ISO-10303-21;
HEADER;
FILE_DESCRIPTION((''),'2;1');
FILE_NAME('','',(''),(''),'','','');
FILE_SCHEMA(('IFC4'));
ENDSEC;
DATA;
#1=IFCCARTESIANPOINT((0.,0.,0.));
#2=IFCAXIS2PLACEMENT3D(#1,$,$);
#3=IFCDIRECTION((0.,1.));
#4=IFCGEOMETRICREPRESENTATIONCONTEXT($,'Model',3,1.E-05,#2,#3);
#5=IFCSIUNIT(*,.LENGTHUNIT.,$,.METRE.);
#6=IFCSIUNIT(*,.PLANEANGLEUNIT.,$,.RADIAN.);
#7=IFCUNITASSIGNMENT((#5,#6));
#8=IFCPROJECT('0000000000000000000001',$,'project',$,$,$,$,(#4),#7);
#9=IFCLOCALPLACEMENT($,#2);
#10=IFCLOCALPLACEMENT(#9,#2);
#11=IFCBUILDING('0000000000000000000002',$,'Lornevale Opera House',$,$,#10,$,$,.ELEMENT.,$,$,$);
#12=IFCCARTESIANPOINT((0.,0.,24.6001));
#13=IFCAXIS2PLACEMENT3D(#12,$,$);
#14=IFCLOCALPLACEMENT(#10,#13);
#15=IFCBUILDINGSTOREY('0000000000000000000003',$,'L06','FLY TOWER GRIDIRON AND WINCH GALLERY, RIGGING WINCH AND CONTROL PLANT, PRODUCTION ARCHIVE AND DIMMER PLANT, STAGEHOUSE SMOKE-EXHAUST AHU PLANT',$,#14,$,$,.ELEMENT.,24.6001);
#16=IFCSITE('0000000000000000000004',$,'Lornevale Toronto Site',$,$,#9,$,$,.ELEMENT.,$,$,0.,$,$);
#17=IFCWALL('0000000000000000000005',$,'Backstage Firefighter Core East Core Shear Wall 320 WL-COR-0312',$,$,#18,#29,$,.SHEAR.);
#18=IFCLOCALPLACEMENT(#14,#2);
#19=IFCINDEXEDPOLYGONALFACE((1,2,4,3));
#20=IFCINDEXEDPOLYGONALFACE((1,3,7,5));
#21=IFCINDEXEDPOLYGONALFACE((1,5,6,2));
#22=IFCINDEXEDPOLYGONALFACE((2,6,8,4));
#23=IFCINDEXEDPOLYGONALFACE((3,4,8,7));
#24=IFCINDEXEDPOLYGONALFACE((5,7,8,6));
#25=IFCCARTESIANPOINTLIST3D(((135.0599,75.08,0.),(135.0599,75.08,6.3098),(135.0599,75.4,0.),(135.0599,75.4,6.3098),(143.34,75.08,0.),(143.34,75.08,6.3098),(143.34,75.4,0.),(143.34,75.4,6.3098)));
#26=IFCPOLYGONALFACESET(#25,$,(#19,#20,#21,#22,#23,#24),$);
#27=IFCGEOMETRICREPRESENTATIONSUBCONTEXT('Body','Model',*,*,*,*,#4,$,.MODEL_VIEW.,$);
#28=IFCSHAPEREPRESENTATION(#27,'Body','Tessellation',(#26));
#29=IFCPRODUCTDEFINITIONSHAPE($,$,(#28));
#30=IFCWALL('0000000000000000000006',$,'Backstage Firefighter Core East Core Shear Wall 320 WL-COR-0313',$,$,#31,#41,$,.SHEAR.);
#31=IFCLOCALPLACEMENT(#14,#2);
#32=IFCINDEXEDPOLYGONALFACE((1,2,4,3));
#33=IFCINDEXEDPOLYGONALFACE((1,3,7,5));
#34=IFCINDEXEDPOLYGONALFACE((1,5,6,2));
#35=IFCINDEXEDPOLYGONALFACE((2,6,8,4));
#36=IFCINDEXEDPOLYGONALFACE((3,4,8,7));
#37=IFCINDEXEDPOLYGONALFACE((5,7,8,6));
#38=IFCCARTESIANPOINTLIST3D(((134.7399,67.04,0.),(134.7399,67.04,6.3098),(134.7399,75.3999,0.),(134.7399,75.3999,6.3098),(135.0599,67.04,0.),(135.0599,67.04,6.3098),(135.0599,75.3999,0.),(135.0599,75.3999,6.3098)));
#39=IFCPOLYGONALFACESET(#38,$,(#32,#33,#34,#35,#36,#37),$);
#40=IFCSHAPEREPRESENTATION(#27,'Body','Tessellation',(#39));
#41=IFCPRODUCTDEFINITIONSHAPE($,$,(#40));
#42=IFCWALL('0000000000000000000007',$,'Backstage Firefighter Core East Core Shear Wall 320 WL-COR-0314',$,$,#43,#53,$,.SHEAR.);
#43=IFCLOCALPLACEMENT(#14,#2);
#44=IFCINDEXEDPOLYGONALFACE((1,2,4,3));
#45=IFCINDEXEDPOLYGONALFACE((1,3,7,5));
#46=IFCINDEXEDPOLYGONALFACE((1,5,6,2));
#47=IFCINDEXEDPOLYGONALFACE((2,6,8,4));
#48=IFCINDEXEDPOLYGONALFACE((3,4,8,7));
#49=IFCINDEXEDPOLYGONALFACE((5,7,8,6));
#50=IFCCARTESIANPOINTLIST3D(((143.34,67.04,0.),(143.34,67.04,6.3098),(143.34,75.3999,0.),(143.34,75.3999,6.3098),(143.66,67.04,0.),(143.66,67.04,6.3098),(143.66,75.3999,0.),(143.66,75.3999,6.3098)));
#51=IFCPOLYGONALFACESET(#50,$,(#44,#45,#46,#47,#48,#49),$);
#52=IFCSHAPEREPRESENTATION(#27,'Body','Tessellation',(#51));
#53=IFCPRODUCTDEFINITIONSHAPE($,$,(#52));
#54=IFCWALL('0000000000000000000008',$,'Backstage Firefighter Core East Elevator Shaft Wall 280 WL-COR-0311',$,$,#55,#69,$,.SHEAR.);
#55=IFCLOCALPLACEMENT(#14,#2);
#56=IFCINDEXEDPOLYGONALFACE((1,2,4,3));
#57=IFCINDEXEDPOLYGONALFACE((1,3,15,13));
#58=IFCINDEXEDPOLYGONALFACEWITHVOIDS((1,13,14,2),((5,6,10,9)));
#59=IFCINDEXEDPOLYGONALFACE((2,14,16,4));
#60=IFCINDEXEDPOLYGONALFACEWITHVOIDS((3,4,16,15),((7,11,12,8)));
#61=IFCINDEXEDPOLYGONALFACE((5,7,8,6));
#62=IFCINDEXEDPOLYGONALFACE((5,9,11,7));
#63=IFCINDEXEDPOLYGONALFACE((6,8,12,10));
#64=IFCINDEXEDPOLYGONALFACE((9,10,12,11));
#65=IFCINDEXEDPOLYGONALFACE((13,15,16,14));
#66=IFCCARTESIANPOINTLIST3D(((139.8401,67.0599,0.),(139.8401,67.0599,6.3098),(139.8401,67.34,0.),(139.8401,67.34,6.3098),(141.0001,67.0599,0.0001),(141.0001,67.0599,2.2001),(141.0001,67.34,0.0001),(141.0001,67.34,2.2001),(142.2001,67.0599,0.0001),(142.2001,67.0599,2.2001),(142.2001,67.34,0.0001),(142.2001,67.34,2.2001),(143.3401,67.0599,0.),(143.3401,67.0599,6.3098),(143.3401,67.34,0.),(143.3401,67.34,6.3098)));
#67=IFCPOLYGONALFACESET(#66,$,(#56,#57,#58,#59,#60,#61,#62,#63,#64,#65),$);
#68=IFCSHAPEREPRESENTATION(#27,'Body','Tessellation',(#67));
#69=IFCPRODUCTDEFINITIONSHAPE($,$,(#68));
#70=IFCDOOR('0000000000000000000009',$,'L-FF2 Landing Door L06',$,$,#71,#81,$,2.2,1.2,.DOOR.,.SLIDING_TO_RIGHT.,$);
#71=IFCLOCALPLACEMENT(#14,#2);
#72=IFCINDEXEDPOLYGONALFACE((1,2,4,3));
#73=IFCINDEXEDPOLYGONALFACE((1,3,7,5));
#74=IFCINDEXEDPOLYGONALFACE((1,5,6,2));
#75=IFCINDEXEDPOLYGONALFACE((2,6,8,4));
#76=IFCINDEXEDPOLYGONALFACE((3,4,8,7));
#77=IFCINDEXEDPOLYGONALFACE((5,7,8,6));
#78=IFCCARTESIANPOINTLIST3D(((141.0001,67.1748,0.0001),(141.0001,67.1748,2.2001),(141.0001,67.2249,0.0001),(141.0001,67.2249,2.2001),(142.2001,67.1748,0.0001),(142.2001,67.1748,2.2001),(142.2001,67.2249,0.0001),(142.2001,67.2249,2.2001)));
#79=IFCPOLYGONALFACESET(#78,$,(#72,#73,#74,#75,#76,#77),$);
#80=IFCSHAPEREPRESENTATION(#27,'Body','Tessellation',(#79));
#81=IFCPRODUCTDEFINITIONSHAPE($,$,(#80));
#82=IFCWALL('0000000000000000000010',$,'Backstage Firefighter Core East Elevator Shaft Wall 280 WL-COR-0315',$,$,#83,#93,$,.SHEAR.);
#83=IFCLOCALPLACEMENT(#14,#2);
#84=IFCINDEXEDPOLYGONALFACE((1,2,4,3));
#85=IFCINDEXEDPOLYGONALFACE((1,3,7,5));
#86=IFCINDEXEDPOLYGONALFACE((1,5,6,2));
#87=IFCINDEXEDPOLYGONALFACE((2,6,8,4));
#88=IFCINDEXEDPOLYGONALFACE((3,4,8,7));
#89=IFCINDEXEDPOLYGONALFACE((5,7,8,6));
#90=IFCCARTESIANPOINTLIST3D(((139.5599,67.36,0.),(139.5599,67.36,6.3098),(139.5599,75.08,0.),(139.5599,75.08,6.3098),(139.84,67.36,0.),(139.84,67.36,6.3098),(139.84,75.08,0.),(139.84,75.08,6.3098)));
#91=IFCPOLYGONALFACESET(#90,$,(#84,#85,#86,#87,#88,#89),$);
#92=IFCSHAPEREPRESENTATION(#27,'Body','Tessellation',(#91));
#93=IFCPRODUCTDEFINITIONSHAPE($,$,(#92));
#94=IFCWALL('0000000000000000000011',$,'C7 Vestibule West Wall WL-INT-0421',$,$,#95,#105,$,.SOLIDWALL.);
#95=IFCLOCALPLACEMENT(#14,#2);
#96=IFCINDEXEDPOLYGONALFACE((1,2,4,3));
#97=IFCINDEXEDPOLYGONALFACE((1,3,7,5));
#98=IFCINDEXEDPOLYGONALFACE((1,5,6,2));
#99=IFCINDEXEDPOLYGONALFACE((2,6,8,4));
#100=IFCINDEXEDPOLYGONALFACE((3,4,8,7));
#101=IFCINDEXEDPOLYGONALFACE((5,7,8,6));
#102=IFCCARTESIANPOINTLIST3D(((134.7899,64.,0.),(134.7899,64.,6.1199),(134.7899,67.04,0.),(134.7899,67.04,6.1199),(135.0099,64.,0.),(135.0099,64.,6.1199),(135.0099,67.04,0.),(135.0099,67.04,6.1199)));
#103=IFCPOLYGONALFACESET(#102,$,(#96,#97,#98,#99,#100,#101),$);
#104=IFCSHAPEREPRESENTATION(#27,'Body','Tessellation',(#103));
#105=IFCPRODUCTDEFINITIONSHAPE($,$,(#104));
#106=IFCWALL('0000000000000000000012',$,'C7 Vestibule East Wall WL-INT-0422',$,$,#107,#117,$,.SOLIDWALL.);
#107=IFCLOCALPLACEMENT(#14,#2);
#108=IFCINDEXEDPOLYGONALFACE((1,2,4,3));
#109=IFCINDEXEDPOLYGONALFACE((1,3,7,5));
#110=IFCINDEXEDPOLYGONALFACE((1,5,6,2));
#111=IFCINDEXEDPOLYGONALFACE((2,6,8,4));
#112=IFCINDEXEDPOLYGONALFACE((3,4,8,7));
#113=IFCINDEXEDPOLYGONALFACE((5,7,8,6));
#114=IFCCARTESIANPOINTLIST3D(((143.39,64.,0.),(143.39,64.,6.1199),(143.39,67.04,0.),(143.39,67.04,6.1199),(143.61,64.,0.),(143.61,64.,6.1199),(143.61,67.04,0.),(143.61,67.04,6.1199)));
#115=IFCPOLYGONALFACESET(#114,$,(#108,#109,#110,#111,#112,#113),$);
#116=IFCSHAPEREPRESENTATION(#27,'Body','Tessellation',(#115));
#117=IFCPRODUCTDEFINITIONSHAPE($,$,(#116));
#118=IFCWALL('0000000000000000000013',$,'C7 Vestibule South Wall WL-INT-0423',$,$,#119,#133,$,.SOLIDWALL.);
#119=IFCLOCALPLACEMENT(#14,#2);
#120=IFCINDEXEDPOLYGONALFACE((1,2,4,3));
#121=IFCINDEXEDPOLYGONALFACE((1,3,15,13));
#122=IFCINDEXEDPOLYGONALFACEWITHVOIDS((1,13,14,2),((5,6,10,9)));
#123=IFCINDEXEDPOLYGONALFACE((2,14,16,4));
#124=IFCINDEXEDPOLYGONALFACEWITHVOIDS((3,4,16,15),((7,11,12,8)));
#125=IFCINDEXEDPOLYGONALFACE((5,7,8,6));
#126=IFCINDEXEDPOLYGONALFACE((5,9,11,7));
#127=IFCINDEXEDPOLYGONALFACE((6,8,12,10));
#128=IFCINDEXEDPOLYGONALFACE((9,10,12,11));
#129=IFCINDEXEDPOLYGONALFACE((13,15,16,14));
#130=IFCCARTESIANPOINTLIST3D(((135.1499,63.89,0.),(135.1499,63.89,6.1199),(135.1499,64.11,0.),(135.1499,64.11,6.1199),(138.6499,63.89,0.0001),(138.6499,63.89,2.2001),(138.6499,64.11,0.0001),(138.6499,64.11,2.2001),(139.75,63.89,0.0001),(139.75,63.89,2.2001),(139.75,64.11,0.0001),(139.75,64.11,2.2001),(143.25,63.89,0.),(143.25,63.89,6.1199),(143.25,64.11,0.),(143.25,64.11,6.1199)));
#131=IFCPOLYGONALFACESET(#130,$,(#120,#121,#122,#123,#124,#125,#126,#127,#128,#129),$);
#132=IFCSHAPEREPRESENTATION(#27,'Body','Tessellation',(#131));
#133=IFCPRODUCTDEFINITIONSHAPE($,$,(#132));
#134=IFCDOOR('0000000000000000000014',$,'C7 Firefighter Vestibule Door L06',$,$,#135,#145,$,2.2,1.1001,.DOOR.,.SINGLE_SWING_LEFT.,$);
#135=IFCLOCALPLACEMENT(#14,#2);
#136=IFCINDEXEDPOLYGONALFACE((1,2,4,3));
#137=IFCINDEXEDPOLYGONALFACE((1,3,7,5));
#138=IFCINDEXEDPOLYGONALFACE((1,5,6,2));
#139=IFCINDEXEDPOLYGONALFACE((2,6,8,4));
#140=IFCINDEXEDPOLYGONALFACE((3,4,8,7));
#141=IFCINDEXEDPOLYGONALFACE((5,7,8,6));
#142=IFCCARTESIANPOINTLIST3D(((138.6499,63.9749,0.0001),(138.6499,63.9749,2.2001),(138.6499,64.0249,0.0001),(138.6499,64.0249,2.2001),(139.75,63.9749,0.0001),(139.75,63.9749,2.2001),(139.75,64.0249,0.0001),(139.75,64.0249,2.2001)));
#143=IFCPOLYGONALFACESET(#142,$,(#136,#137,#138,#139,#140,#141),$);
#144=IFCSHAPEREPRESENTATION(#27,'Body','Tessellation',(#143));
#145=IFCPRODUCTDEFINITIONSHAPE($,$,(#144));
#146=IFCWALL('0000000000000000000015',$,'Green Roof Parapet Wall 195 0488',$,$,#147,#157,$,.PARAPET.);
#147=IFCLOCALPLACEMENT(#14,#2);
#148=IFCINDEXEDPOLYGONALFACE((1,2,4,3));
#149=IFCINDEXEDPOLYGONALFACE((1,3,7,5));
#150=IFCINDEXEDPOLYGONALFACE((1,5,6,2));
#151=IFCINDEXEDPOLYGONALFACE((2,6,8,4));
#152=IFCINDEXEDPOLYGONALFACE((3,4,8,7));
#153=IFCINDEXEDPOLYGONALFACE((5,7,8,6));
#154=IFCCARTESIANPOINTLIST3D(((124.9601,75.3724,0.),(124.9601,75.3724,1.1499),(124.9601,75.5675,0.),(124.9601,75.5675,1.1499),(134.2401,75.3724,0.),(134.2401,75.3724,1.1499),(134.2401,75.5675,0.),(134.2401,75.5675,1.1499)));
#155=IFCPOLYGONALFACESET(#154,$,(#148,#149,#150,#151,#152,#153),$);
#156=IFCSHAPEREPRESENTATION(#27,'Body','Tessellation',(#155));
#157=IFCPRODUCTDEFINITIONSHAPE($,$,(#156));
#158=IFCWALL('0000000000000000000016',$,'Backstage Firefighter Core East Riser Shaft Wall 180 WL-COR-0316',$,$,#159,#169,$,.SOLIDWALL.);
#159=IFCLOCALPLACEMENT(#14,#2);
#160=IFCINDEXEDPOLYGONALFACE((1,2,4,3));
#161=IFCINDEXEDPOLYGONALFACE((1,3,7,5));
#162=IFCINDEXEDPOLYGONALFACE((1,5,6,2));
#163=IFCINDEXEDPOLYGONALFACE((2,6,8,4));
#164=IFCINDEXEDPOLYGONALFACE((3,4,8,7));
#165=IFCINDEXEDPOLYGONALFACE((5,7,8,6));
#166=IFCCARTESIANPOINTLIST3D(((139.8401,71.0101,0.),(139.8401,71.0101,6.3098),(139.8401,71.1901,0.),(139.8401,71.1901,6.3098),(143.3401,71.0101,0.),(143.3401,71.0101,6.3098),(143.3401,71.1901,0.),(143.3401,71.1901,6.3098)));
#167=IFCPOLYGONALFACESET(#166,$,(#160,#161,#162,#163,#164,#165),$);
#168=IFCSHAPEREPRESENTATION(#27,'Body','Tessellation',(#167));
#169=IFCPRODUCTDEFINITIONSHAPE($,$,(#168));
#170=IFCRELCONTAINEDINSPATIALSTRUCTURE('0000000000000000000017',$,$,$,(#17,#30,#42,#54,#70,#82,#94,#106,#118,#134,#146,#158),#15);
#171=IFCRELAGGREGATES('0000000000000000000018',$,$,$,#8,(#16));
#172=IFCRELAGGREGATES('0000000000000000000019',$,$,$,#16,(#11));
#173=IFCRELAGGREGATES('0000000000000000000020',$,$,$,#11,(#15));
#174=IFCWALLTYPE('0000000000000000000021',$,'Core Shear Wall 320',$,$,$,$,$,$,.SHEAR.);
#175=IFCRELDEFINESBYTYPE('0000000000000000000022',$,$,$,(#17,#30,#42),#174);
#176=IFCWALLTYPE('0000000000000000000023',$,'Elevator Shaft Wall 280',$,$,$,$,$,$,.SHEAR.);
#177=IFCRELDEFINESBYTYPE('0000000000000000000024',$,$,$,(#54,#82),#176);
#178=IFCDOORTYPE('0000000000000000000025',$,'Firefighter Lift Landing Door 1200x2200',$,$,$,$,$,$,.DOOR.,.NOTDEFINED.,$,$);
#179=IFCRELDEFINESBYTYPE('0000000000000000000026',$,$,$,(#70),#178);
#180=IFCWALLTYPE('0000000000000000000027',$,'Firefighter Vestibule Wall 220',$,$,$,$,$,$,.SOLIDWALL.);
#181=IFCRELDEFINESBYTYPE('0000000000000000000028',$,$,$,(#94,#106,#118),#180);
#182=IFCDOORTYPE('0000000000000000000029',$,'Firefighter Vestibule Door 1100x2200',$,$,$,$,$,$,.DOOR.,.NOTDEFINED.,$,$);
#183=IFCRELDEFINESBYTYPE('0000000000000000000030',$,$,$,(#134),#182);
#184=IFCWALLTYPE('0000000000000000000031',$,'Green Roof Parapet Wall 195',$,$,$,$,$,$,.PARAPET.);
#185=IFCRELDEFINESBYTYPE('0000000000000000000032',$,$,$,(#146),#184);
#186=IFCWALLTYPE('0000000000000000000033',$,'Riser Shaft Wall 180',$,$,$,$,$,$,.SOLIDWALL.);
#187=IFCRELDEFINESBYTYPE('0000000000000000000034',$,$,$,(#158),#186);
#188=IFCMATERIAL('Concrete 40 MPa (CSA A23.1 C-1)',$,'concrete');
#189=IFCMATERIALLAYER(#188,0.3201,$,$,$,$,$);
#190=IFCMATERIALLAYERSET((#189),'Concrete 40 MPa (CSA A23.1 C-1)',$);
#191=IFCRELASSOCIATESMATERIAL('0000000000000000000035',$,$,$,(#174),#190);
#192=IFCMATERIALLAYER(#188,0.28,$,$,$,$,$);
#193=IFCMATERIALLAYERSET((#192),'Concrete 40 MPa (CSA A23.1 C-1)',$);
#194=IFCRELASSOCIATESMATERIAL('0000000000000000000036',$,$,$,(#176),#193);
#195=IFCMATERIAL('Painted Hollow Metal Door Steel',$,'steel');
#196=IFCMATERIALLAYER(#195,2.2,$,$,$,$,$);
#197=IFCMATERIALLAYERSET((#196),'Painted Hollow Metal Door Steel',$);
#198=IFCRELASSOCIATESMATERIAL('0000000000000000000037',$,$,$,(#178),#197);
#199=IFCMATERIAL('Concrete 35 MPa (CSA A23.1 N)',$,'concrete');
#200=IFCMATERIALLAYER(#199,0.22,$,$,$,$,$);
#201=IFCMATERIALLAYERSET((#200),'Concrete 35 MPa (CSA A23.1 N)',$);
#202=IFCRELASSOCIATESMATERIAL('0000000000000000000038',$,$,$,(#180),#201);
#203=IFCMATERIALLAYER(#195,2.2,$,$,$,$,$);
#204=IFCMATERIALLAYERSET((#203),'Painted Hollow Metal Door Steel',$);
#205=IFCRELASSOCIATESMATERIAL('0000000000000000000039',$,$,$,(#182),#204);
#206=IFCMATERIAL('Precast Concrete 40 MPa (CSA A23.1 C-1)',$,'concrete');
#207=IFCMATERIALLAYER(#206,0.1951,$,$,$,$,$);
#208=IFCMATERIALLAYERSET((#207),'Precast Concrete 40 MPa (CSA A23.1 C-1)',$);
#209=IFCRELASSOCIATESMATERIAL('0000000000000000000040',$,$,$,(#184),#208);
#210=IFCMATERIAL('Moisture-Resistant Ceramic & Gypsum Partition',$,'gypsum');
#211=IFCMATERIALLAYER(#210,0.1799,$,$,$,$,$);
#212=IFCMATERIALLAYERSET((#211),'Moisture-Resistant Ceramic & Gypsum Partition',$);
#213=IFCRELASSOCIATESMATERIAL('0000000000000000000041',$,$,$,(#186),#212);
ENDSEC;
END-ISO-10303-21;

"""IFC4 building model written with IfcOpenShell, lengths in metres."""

from ifc_helpers import new_model, si_unit, direction, frame, frame_2d, origin, place, context, subcontext, project, spatial, rectangle, extrude, material, layer, layer_set, type_object, element, fill, save


model = new_model("IFC4")

# Units and contexts
model_context = context("Model", 3, precision=1e-05, world=origin(), true_north=direction((0.0, 1.0)))
body_context = subcontext(model_context, "Body", "Model", "MODEL_VIEW")
ifc_project = project(units=[si_unit("LENGTHUNIT", "METRE"), si_unit("PLANEANGLEUNIT", "RADIAN")], contexts=[model_context])

# Site, building, storey
site_placement = place(None, origin())
site = spatial("IfcSite", under=ifc_project, at=site_placement, Name="Lornevale Toronto Site", CompositionType="ELEMENT", RefElevation=0.0)
building_placement = place(site_placement, origin())
building = spatial("IfcBuilding", under=site, at=building_placement, Name="Lornevale Opera House", CompositionType="ELEMENT")
storey_placement = place(building_placement, frame((0.0, 0.0, 24.6001)))
storey = spatial("IfcBuildingStorey", under=building, at=storey_placement, Name="L06", Description="FLY TOWER GRIDIRON AND WINCH GALLERY, RIGGING WINCH AND CONTROL PLANT, PRODUCTION ARCHIVE AND DIMMER PLANT, STAGEHOUSE SMOKE-EXHAUST AHU PLANT", CompositionType="ELEMENT", Elevation=24.6001)

# Shared definitions
ifc_material_1 = material(Name="Concrete 35 MPa (CSA A23.1 N)", Category="concrete")

# Shared definitions
ifc_material_2 = material(Name="Concrete 40 MPa (CSA A23.1 C-1)", Category="concrete")
ifc_layer_1 = layer(ifc_material_2, 0.3201)
ifc_layer_set_1 = layer_set([ifc_layer_1], Name="Concrete 40 MPa (CSA A23.1 C-1)")
wall_type_1 = type_object("IfcWallType", Name="Core Shear Wall 320", PredefinedType="SHEAR", material=ifc_layer_set_1)
ifc_material_3 = material(Name="Painted Hollow Metal Door Steel", Category="steel")

# Walls
wall_1_placement = place(storey_placement, frame((143.3401, 75.24, 0.0), z_axis=(0.0, 0.0, 1.0), x_axis=(-1.0, 0.0, 0.0)))
element("IfcWall", 1, at=wall_1_placement, inside=storey, type_object=wall_type_1, Name="Backstage Firefighter Core East Core Shear Wall 320 WL-COR-0312", PredefinedType="SHEAR", context=body_context, shape_type="SweptSolid", body=[
    extrude(rectangle(XDim=8.28, YDim=0.3201, at=frame_2d((4.1401, 0.0))), origin(), (0.0, 0.0, 1.0), 6.3098),
])
for number, where, z_axis, x_axis, name in (
    (2, (134.8999, 75.3999, 0.0), (0.0, 0.0, 1.0), (0.0, -1.0, 0.0), "Backstage Firefighter Core East Core Shear Wall 320 WL-COR-0313"),
    (3, (143.5, 67.04, 0.0), (0.0, 0.0, 1.0), (0.0, 1.0, 0.0), "Backstage Firefighter Core East Core Shear Wall 320 WL-COR-0314"),
):
    element("IfcWall", number, at=place(storey_placement, frame(where, z_axis=z_axis, x_axis=x_axis)), inside=storey, type_object=wall_type_1, Name=name, PredefinedType="SHEAR", context=body_context, shape_type="SweptSolid", body=[
        extrude(rectangle(XDim=8.3599, YDim=0.3201, at=frame_2d((4.1799, 0.0))), origin(), (0.0, 0.0, 1.0), 6.3098),
    ])

# Wall, opening, door
ifc_layer_2 = layer(ifc_material_2, 0.28)
ifc_layer_set_2 = layer_set([ifc_layer_2], Name="Concrete 40 MPa (CSA A23.1 C-1)")
wall_type_2 = type_object("IfcWallType", Name="Elevator Shaft Wall 280", PredefinedType="SHEAR", material=ifc_layer_set_2)
wall_2_placement = place(storey_placement, frame((139.8401, 67.2, 0.0), z_axis=(0.0, 0.0, 1.0), x_axis=(1.0, 0.0, 0.0)))
wall_2 = element("IfcWall", 4, at=wall_2_placement, inside=storey, type_object=wall_type_2, Name="Backstage Firefighter Core East Elevator Shaft Wall 280 WL-COR-0311", PredefinedType="SHEAR", context=body_context, shape_type="SweptSolid", body=[
    extrude(rectangle(XDim=3.5, YDim=0.28, at=frame_2d((1.75, 0.0))), origin(), (0.0, 0.0, 1.0), 6.3098),
])
opening_1_placement = place(wall_2_placement, frame((1.1599, 0.0, 0.0)))
opening_1 = element("IfcOpeningElement", 5, at=opening_1_placement, cuts=wall_2, PredefinedType="OPENING", context=body_context, shape_type="SweptSolid", body=[
    extrude(rectangle(XDim=1.2, YDim=2.2, at=frame_2d((0.6001, 1.1001))), frame((0.0, 0.1499, 0.0), z_axis=(0.0, -1.0, 0.0), x_axis=(1.0, 0.0, 0.0)), (0.0, 0.0, 1.0), 0.3),
])
ifc_layer_3 = layer(ifc_material_3, 2.2)
ifc_layer_set_3 = layer_set([ifc_layer_3], Name="Painted Hollow Metal Door Steel")
door_type_1 = type_object("IfcDoorType", Name="Firefighter Lift Landing Door 1200x2200", OperationType="NOTDEFINED", PredefinedType="DOOR", material=ifc_layer_set_3)
door_1_placement = place(opening_1_placement, origin())
door_1 = element("IfcDoor", 6, at=door_1_placement, inside=storey, type_object=door_type_1, Name="L-FF2 Landing Door L06", OperationType="SLIDING_TO_RIGHT", OverallHeight=2.2, OverallWidth=1.2, PredefinedType="DOOR", context=body_context, shape_type="SweptSolid", body=[
    extrude(rectangle(XDim=1.2, YDim=2.2, at=frame_2d((0.6001, 1.1001))), frame((0.0, 0.0249, 0.0), z_axis=(0.0, -1.0, 0.0), x_axis=(1.0, 0.0, 0.0)), (0.0, 0.0, 1.0), 0.05),
])
fill(opening_1, door_1)

# Walls
wall_3_placement = place(storey_placement, frame((139.7, 67.3601, 0.0), z_axis=(0.0, 0.0, 1.0), x_axis=(0.0, 1.0, 0.0)))
element("IfcWall", 7, at=wall_3_placement, inside=storey, type_object=wall_type_2, Name="Backstage Firefighter Core East Elevator Shaft Wall 280 WL-COR-0315", PredefinedType="SHEAR", context=body_context, shape_type="SweptSolid", body=[
    extrude(rectangle(XDim=7.72, YDim=0.28, at=frame_2d((3.8599, 0.0))), origin(), (0.0, 0.0, 1.0), 6.3098),
])
ifc_layer_4 = layer(ifc_material_1, 0.22)
ifc_layer_set_4 = layer_set([ifc_layer_4], Name="Concrete 35 MPa (CSA A23.1 N)")
wall_type_3 = type_object("IfcWallType", Name="Firefighter Vestibule Wall 220", PredefinedType="SOLIDWALL", material=ifc_layer_set_4)
for number, where, z_axis, x_axis, name in (
    (8, (134.8999, 64.0, 0.0), (0.0, 0.0, 1.0), (0.0, 1.0, 0.0), "C7 Vestibule West Wall WL-INT-0421"),
    (9, (143.5, 64.0, 0.0), (0.0, 0.0, 1.0), (0.0, 1.0, 0.0), "C7 Vestibule East Wall WL-INT-0422"),
):
    element("IfcWall", number, at=place(storey_placement, frame(where, z_axis=z_axis, x_axis=x_axis)), inside=storey, type_object=wall_type_3, Name=name, PredefinedType="SOLIDWALL", context=body_context, shape_type="SweptSolid", body=[
        extrude(rectangle(XDim=3.04, YDim=0.22, at=frame_2d((1.52, 0.0))), origin(), (0.0, 0.0, 1.0), 6.1199),
    ])

# Wall, opening, door
wall_4_placement = place(storey_placement, frame((135.1499, 64.0, 0.0), z_axis=(0.0, 0.0, 1.0), x_axis=(1.0, 0.0, 0.0)))
wall_4 = element("IfcWall", 10, at=wall_4_placement, inside=storey, type_object=wall_type_3, Name="C7 Vestibule South Wall WL-INT-0423", PredefinedType="SOLIDWALL", context=body_context, shape_type="SweptSolid", body=[
    extrude(rectangle(XDim=8.1001, YDim=0.22, at=frame_2d((4.05, 0.0))), origin(), (0.0, 0.0, 1.0), 6.1199),
])
opening_2_placement = place(wall_4_placement, frame((3.5, 0.0, 0.0)))
opening_2 = element("IfcOpeningElement", 11, at=opening_2_placement, cuts=wall_4, PredefinedType="OPENING", context=body_context, shape_type="SweptSolid", body=[
    extrude(rectangle(XDim=1.1001, YDim=2.2, at=frame_2d((0.55, 1.1001))), frame((0.0, 0.1199, 0.0), z_axis=(0.0, -1.0, 0.0), x_axis=(1.0, 0.0, 0.0)), (0.0, 0.0, 1.0), 0.24),
])
ifc_layer_5 = layer(ifc_material_3, 2.2)
ifc_layer_set_5 = layer_set([ifc_layer_5], Name="Painted Hollow Metal Door Steel")
door_type_2 = type_object("IfcDoorType", Name="Firefighter Vestibule Door 1100x2200", OperationType="NOTDEFINED", PredefinedType="DOOR", material=ifc_layer_set_5)
door_2_placement = place(opening_2_placement, origin())
door_2 = element("IfcDoor", 12, at=door_2_placement, inside=storey, type_object=door_type_2, Name="C7 Firefighter Vestibule Door L06", OperationType="SINGLE_SWING_LEFT", OverallHeight=2.2, OverallWidth=1.1001, PredefinedType="DOOR", context=body_context, shape_type="SweptSolid", body=[
    extrude(rectangle(XDim=1.1001, YDim=2.2, at=frame_2d((0.55, 1.1001))), frame((0.0, 0.0249, 0.0), z_axis=(0.0, -1.0, 0.0), x_axis=(1.0, 0.0, 0.0)), (0.0, 0.0, 1.0), 0.05),
])
fill(opening_2, door_2)

# Walls
ifc_material_4 = material(Name="Precast Concrete 40 MPa (CSA A23.1 C-1)", Category="concrete")
ifc_layer_6 = layer(ifc_material_4, 0.1951)
ifc_layer_set_6 = layer_set([ifc_layer_6], Name="Precast Concrete 40 MPa (CSA A23.1 C-1)")
wall_type_4 = type_object("IfcWallType", Name="Green Roof Parapet Wall 195", PredefinedType="PARAPET", material=ifc_layer_set_6)
wall_5_placement = place(storey_placement, frame((124.96, 75.47, 0.0), z_axis=(0.0, 0.0, 1.0), x_axis=(1.0, 0.0, 0.0)))
element("IfcWall", 13, at=wall_5_placement, inside=storey, type_object=wall_type_4, Name="Green Roof Parapet Wall 195 0488", PredefinedType="PARAPET", context=body_context, shape_type="SweptSolid", body=[
    extrude(rectangle(XDim=9.28, YDim=0.1951, at=frame_2d((4.6401, 0.0))), origin(), (0.0, 0.0, 1.0), 1.1499),
])
ifc_material_5 = material(Name="Moisture-Resistant Ceramic & Gypsum Partition", Category="gypsum")
ifc_layer_7 = layer(ifc_material_5, 0.1799)
ifc_layer_set_7 = layer_set([ifc_layer_7], Name="Moisture-Resistant Ceramic & Gypsum Partition")
wall_type_5 = type_object("IfcWallType", Name="Riser Shaft Wall 180", PredefinedType="SOLIDWALL", material=ifc_layer_set_7)
wall_6_placement = place(storey_placement, frame((139.8401, 71.1001, 0.0), z_axis=(0.0, 0.0, 1.0), x_axis=(1.0, 0.0, 0.0)))
element("IfcWall", 14, at=wall_6_placement, inside=storey, type_object=wall_type_5, Name="Backstage Firefighter Core East Riser Shaft Wall 180 WL-COR-0316", PredefinedType="SOLIDWALL", context=body_context, shape_type="SweptSolid", body=[
    extrude(rectangle(XDim=3.5, YDim=0.1799, at=frame_2d((1.75, 0.0))), origin(), (0.0, 0.0, 1.0), 6.3098),
])

save(model, "model.ifc")
